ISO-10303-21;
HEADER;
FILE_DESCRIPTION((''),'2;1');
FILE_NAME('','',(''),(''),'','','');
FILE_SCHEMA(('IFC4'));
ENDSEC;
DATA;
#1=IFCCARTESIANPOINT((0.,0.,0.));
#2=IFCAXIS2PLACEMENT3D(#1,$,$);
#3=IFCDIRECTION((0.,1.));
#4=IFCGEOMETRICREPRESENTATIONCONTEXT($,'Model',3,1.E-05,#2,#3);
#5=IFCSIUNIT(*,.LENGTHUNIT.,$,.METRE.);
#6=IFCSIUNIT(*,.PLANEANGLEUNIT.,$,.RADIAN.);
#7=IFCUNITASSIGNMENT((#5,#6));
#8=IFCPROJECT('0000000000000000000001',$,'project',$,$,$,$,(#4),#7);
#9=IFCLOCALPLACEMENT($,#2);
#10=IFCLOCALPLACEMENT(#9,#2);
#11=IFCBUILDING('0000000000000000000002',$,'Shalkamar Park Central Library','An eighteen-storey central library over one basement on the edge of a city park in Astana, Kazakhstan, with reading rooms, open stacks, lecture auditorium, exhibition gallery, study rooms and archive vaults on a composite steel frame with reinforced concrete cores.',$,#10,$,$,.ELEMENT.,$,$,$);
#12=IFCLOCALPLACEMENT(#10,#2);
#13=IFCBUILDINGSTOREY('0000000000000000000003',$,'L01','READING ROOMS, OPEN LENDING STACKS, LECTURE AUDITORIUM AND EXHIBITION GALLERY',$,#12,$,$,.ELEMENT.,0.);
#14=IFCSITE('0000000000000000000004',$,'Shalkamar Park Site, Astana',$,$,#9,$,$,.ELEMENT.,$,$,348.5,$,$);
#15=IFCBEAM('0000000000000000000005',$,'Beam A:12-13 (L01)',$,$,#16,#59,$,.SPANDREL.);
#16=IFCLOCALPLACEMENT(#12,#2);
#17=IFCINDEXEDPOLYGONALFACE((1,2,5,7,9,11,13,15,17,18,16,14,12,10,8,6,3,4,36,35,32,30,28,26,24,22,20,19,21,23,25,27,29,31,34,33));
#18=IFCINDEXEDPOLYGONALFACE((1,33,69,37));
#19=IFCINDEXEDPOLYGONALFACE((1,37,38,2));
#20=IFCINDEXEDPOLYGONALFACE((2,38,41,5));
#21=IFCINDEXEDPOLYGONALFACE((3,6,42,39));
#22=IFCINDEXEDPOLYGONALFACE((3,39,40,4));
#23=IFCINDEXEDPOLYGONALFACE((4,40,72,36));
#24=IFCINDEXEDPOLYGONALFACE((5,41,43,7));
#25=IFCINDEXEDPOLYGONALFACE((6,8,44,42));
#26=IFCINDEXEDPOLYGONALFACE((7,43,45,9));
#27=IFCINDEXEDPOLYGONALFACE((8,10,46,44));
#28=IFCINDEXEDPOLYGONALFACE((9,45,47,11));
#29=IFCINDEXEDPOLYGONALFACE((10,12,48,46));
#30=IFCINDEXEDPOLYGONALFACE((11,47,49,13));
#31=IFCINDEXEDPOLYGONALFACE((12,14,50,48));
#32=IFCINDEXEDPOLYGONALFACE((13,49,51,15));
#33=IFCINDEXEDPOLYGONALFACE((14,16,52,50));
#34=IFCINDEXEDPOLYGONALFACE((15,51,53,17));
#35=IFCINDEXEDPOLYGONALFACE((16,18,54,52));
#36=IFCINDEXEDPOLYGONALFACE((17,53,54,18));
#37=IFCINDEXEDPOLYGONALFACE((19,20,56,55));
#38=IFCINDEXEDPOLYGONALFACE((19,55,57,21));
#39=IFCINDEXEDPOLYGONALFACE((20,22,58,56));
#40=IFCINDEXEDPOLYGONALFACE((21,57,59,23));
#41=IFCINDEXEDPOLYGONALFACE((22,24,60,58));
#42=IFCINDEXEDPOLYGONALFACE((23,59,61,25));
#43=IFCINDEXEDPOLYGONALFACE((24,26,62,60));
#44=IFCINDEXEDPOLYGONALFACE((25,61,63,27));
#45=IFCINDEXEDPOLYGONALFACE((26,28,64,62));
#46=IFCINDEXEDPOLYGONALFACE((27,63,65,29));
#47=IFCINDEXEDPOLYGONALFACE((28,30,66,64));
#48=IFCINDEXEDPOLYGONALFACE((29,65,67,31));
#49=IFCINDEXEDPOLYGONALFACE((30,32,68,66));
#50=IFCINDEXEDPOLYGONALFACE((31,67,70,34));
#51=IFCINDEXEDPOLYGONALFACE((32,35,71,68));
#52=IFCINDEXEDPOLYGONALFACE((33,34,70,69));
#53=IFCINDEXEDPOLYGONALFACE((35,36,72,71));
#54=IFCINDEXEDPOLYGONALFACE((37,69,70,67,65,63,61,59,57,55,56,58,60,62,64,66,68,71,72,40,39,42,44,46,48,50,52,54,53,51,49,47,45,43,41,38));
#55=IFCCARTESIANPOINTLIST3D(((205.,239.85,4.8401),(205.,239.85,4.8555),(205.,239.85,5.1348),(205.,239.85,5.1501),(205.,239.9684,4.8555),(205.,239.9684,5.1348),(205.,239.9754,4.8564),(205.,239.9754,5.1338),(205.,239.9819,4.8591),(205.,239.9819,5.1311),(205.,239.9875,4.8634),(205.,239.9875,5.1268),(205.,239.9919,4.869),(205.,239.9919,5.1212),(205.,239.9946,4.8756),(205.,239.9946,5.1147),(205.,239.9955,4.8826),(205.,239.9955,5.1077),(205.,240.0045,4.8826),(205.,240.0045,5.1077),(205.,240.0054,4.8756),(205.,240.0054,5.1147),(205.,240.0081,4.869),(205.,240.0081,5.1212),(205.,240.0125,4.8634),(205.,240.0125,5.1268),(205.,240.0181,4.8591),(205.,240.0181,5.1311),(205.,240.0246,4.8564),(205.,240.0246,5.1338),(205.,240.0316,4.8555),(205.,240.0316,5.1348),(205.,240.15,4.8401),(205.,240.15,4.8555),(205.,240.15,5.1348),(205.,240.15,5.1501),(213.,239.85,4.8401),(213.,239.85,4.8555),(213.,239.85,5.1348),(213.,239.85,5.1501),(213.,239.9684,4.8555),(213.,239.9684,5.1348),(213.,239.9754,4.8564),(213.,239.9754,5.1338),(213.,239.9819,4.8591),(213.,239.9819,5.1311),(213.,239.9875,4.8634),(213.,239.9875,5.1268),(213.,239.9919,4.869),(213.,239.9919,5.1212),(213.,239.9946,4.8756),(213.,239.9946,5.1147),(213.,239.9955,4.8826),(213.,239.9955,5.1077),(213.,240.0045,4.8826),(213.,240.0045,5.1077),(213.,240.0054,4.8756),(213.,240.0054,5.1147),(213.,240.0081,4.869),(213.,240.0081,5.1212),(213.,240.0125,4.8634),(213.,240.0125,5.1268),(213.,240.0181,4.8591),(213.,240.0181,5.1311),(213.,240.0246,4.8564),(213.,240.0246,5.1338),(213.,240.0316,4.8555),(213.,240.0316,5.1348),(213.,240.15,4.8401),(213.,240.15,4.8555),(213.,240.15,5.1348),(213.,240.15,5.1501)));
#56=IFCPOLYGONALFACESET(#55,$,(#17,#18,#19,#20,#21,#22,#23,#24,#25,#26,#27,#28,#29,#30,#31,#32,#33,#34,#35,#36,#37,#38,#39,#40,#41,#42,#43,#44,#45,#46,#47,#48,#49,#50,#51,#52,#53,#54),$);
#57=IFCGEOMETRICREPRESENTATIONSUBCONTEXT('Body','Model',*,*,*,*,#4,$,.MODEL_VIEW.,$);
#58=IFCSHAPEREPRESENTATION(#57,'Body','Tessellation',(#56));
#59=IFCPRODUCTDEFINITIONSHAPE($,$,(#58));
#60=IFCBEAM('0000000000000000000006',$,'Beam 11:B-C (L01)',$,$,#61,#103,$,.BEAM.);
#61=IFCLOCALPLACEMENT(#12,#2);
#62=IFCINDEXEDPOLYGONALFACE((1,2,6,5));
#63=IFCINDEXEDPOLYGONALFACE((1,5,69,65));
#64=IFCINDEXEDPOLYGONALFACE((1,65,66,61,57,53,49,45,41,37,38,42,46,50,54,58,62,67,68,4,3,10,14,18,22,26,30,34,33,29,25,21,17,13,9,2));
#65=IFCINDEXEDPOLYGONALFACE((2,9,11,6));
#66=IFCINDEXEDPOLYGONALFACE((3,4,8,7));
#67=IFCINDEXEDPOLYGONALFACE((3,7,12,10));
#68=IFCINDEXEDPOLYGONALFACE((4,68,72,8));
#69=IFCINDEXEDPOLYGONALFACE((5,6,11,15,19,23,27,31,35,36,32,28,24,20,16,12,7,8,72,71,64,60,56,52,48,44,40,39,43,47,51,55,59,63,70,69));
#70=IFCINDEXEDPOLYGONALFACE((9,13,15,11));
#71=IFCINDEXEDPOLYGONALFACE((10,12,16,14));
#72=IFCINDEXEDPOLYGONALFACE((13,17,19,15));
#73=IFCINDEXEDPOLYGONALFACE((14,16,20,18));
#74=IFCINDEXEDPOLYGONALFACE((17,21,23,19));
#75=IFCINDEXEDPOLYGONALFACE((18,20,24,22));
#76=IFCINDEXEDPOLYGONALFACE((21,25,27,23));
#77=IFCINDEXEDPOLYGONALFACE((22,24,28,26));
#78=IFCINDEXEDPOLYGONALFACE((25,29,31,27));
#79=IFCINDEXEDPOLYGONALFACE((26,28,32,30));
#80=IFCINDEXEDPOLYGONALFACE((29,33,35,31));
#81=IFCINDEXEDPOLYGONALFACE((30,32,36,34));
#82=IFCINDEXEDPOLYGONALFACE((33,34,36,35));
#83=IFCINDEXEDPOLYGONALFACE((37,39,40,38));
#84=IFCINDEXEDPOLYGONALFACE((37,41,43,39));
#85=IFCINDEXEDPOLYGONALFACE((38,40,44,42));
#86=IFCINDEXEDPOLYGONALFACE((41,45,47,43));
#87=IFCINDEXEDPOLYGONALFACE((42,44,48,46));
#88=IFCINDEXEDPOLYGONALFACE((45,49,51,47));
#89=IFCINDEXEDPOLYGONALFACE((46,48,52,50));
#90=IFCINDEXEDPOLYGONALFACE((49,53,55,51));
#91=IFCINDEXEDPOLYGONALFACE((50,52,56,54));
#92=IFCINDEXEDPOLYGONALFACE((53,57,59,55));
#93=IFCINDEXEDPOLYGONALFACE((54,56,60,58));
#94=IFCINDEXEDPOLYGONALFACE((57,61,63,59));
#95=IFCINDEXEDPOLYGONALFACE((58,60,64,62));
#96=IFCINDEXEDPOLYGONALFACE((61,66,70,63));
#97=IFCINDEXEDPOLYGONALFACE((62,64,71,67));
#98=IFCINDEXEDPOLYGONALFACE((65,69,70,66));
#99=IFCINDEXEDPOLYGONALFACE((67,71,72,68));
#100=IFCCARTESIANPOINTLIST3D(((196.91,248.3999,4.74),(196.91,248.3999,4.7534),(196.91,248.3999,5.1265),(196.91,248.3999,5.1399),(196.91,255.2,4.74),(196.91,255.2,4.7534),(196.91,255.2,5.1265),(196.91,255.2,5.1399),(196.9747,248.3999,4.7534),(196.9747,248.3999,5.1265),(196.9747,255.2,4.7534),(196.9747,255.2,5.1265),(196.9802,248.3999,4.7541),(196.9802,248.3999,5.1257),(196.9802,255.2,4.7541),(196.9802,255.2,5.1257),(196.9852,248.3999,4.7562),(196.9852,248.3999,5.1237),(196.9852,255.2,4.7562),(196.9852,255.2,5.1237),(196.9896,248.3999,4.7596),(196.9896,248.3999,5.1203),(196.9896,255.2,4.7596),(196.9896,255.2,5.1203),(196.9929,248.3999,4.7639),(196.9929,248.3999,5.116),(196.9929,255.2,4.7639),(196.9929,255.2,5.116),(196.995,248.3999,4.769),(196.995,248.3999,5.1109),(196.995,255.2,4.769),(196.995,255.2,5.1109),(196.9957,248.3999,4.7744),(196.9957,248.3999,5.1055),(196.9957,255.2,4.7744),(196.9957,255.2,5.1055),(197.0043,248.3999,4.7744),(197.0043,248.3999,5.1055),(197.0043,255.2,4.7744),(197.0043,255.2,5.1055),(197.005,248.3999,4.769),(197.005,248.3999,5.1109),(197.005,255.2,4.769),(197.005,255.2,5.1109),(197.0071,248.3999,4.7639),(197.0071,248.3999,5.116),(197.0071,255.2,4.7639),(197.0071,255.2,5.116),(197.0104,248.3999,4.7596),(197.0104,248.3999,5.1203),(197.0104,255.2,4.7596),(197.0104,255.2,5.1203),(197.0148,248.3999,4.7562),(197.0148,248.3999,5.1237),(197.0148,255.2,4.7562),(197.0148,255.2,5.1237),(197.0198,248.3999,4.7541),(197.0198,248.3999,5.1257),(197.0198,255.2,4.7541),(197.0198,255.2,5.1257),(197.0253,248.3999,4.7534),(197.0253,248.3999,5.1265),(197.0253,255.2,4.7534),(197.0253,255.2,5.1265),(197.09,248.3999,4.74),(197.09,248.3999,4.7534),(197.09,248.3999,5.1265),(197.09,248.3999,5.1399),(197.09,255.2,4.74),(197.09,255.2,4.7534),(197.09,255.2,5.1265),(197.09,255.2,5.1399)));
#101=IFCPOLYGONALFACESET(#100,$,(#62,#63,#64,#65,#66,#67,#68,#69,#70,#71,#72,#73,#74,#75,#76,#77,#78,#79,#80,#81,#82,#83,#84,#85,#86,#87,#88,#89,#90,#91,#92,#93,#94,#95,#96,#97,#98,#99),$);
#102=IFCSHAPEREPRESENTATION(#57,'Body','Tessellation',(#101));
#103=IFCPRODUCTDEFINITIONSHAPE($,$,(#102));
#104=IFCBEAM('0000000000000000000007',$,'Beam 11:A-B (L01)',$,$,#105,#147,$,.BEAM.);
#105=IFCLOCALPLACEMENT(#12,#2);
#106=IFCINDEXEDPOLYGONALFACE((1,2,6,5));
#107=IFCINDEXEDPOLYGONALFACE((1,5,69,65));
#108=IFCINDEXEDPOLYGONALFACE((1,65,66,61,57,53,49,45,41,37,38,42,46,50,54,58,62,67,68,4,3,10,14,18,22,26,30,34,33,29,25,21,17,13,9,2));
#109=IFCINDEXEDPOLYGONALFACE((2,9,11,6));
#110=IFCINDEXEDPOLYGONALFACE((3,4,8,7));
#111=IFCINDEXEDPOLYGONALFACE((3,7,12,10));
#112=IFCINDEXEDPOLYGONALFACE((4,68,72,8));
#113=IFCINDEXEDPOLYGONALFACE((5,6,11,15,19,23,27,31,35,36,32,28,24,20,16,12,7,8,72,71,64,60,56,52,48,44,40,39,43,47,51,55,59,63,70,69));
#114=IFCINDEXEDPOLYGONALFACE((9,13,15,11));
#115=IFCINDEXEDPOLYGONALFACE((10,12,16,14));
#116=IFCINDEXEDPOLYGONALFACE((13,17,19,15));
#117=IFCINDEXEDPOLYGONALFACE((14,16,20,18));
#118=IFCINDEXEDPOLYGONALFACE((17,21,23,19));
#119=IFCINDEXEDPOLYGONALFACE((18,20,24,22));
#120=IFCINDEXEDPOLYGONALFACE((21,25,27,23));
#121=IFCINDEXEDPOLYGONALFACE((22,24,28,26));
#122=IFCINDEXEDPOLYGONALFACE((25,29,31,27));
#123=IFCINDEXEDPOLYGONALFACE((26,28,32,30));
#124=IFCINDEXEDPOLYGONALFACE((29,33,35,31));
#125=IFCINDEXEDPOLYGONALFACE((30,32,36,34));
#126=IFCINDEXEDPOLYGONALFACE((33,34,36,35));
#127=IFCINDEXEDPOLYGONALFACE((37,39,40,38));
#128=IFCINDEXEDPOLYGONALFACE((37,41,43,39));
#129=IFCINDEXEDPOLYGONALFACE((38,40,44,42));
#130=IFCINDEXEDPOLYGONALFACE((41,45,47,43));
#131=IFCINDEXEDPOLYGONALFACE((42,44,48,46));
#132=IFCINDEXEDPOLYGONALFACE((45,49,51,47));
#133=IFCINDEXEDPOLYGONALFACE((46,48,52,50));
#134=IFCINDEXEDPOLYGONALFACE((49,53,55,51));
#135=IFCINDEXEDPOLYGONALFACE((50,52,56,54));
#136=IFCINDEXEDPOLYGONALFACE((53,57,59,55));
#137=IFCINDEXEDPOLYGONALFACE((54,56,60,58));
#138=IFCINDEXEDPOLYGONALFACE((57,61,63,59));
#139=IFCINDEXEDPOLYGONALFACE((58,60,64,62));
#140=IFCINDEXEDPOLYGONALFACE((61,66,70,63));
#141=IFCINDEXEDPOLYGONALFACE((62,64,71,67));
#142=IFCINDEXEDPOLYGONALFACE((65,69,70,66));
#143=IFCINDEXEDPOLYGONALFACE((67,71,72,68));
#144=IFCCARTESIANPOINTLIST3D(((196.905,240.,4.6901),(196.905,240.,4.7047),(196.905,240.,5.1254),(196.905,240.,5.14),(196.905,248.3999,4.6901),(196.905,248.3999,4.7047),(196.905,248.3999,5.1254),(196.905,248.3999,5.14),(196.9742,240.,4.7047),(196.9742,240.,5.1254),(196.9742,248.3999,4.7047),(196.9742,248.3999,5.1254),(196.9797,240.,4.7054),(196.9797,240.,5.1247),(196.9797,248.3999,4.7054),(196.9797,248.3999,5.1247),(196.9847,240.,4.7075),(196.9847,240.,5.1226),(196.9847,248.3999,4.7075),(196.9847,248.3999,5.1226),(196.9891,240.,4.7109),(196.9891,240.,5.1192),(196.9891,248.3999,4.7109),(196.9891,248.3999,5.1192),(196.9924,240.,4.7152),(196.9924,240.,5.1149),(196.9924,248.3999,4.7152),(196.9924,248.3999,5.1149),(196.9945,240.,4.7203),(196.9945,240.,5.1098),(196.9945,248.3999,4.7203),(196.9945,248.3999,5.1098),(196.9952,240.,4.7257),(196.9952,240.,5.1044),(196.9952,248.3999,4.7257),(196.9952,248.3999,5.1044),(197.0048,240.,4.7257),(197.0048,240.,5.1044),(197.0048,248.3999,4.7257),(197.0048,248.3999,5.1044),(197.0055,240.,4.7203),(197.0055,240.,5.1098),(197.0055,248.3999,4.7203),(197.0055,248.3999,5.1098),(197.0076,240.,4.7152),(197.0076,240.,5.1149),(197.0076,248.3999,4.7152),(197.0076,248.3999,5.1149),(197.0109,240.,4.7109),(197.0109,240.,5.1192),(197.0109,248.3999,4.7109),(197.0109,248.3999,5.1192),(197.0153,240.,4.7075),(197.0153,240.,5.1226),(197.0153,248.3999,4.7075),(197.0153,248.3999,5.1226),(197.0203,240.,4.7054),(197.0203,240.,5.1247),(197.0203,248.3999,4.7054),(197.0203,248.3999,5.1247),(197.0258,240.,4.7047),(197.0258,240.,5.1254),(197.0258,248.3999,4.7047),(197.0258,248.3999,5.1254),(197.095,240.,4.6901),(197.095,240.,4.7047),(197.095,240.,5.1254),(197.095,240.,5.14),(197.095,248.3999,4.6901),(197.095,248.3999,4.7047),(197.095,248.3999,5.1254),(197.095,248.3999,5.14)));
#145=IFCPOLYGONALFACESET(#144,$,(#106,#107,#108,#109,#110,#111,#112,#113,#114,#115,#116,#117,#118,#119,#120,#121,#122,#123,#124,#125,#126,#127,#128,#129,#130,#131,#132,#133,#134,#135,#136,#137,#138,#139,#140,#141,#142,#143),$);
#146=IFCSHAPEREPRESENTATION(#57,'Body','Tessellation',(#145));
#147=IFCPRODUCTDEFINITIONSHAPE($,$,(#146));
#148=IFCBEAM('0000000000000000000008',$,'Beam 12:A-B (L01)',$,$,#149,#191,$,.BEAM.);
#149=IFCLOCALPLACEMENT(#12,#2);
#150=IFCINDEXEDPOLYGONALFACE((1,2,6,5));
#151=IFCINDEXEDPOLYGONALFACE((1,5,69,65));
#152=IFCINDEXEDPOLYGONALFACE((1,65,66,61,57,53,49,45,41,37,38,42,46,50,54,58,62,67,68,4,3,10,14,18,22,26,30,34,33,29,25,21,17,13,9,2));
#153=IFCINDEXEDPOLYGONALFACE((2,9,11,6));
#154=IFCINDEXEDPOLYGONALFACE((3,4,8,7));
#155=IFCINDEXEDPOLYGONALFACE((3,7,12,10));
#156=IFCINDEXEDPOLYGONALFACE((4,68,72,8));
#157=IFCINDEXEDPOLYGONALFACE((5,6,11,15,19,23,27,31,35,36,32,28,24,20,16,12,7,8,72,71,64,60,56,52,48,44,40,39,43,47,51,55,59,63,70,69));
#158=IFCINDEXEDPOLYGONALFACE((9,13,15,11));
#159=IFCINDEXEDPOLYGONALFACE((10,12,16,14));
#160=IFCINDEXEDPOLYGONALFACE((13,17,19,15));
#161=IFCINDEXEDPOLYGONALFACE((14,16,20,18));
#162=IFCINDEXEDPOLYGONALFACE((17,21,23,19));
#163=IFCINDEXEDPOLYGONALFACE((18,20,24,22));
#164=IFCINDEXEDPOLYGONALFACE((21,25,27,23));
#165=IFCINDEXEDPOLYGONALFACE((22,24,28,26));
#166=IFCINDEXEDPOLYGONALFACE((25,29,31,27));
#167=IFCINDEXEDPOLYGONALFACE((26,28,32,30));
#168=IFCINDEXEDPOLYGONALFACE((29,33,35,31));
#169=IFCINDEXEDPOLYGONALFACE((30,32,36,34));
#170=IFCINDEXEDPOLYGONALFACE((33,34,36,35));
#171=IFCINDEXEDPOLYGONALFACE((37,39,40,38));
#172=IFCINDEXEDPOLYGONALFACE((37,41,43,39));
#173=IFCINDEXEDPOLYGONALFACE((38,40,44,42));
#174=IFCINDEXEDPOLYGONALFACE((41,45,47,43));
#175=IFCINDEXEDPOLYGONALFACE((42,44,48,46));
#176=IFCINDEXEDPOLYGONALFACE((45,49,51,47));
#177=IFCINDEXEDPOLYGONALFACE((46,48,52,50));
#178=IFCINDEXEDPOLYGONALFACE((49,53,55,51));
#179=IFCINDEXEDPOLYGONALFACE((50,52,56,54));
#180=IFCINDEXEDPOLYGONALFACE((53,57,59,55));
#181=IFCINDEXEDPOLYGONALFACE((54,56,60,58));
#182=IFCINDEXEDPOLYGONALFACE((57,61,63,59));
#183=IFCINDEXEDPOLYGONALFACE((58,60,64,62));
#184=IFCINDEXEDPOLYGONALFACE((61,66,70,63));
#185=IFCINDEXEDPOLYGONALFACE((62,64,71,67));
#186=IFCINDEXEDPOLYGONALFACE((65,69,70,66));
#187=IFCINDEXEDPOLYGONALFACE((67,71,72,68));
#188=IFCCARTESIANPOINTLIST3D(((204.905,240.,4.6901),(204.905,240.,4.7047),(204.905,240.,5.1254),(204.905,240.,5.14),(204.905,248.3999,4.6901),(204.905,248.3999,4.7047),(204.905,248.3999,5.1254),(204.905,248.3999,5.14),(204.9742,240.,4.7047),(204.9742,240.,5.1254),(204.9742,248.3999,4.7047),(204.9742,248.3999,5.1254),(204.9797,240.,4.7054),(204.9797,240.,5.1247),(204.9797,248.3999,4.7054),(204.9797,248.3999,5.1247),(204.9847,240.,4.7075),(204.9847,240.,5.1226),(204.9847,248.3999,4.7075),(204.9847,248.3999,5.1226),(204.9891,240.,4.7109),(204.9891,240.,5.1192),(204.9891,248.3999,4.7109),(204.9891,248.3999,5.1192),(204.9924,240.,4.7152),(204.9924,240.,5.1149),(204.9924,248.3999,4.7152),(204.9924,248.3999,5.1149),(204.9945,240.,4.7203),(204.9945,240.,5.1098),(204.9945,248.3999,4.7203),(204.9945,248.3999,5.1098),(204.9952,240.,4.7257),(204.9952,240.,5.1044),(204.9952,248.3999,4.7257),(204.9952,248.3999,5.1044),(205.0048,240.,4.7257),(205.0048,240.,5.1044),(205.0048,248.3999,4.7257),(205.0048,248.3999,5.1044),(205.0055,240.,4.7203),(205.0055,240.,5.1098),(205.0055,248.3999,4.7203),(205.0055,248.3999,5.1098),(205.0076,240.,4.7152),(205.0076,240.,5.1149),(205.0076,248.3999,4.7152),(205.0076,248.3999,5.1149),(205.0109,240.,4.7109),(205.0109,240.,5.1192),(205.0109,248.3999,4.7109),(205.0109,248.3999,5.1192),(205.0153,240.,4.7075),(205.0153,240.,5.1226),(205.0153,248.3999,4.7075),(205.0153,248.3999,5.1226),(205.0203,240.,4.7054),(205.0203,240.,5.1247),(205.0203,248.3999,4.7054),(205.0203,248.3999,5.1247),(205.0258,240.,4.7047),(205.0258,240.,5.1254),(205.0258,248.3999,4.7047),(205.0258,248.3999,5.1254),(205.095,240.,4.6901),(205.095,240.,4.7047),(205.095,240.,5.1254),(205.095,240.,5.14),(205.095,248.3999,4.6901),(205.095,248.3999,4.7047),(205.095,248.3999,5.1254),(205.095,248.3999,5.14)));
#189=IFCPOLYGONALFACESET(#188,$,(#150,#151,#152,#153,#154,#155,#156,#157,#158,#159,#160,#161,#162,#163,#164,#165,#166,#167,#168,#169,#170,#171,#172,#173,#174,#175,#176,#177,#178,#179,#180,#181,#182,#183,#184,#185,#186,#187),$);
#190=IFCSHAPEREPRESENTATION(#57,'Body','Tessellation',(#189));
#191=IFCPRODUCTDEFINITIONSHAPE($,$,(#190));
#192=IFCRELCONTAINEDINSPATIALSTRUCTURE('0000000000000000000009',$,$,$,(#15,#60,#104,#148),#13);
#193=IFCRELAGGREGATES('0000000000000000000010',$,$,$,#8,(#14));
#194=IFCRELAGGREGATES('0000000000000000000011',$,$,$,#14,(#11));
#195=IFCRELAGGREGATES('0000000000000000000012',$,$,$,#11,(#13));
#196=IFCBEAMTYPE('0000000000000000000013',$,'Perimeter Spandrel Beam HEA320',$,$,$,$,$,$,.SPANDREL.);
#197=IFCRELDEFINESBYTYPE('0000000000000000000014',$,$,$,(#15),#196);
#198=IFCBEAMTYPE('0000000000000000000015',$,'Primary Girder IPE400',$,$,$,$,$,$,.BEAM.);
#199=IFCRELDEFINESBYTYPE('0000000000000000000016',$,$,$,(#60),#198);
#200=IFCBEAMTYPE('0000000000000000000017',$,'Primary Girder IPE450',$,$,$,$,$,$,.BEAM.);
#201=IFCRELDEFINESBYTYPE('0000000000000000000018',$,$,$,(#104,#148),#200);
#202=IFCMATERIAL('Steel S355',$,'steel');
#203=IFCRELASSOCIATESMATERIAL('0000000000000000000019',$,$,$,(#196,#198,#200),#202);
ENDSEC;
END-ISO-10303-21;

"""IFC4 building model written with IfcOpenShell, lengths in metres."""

from ifc_helpers import new_model, si_unit, direction, frame, origin, origin_2d, place, context, subcontext, project, spatial, i_section, extrude, material, material_profile, profile_set, type_object, element, save


model = new_model("IFC4")

# Units and contexts
model_context = context("Model", 3, precision=1e-05, world=origin(), true_north=direction((0.0, 1.0)))
body_context = subcontext(model_context, "Body", "Model", "MODEL_VIEW")
ifc_project = project(units=[si_unit("LENGTHUNIT", "METRE"), si_unit("PLANEANGLEUNIT", "RADIAN")], contexts=[model_context])

# Site, building, storey
site_placement = place(None, origin())
site = spatial("IfcSite", under=ifc_project, at=site_placement, Name="Shalkamar Park Site, Astana", CompositionType="ELEMENT", RefElevation=348.5)
building_placement = place(site_placement, origin())
building = spatial("IfcBuilding", under=site, at=building_placement, Name="Shalkamar Park Central Library", Description="An eighteen-storey central library over one basement on the edge of a city park in Astana, Kazakhstan, with reading rooms, open stacks, lecture auditorium, exhibition gallery, study rooms and archive vaults on a composite steel frame with reinforced concrete cores.", CompositionType="ELEMENT")
storey_placement = place(building_placement, origin())
storey = spatial("IfcBuildingStorey", under=building, at=storey_placement, Name="L01", Description="READING ROOMS, OPEN LENDING STACKS, LECTURE AUDITORIUM AND EXHIBITION GALLERY", CompositionType="ELEMENT", Elevation=0.0)

# Shared definitions
ifc_material_1 = material(Name="Steel S355", Category="steel")

# Beams
ifc_material_profile_1 = material_profile(ifc_material_1, i_section(OverallWidth=0.3, OverallDepth=0.3101, WebThickness=0.009, FlangeThickness=0.0154, FilletRadius=0.0271, at=origin_2d()), Name="HEA 320")
ifc_profile_set_1 = profile_set([ifc_material_profile_1], Name="Steel S355")
beam_type_1 = type_object("IfcBeamType", Name="Perimeter Spandrel Beam HEA320", PredefinedType="SPANDREL", material=ifc_profile_set_1)
for number, where, z_axis, x_axis, name in (
    (1, (205.0, 240.0, 4.9951), (1.0, 0.0, 0.0), (0.0, 1.0, 0.0), "Beam A:12-13 (L01)"),
):
    element("IfcBeam", number, at=place(storey_placement, frame(where, z_axis=z_axis, x_axis=x_axis)), inside=storey, type_object=beam_type_1, Name=name, PredefinedType="SPANDREL", context=body_context, shape_type="SweptSolid", body=[
        extrude(i_section(OverallWidth=0.3, OverallDepth=0.3101, WebThickness=0.009, FlangeThickness=0.0154, FilletRadius=0.0271, at=origin_2d()), origin(), (0.0, 0.0, 1.0), 8.0),
    ])
ifc_material_profile_2 = material_profile(ifc_material_1, i_section(OverallWidth=0.1799, OverallDepth=0.3999, WebThickness=0.0085, FlangeThickness=0.0134, FilletRadius=0.021, at=origin_2d()), Name="IPE 400")
ifc_profile_set_2 = profile_set([ifc_material_profile_2], Name="Steel S355")
beam_type_2 = type_object("IfcBeamType", Name="Primary Girder IPE400", PredefinedType="BEAM", material=ifc_profile_set_2)
beam_1_placement = place(storey_placement, frame((197.0, 248.3999, 4.9399), z_axis=(0.0, 1.0, 0.0), x_axis=(-1.0, 0.0, 0.0)))
element("IfcBeam", 2, at=beam_1_placement, inside=storey, type_object=beam_type_2, Name="Beam 11:B-C (L01)", PredefinedType="BEAM", context=body_context, shape_type="SweptSolid", body=[
    extrude(i_section(OverallWidth=0.1799, OverallDepth=0.3999, WebThickness=0.0085, FlangeThickness=0.0134, FilletRadius=0.021, at=origin_2d()), origin(), (0.0, 0.0, 1.0), 6.8),
])
ifc_material_profile_3 = material_profile(ifc_material_1, i_section(OverallWidth=0.1899, OverallDepth=0.45, WebThickness=0.0095, FlangeThickness=0.0146, FilletRadius=0.021, at=origin_2d()), Name="IPE 450")
ifc_profile_set_3 = profile_set([ifc_material_profile_3], Name="Steel S355")
beam_type_3 = type_object("IfcBeamType", Name="Primary Girder IPE450", PredefinedType="BEAM", material=ifc_profile_set_3)
for number, where, z_axis, x_axis, name in (
    (3, (197.0, 240.0, 4.915), (0.0, 1.0, 0.0), (-1.0, 0.0, 0.0), "Beam 11:A-B (L01)"),
    (4, (205.0, 240.0, 4.915), (0.0, 1.0, 0.0), (-1.0, 0.0, 0.0), "Beam 12:A-B (L01)"),
):
    element("IfcBeam", number, at=place(storey_placement, frame(where, z_axis=z_axis, x_axis=x_axis)), inside=storey, type_object=beam_type_3, Name=name, PredefinedType="BEAM", context=body_context, shape_type="SweptSolid", body=[
        extrude(i_section(OverallWidth=0.1899, OverallDepth=0.45, WebThickness=0.0095, FlangeThickness=0.0146, FilletRadius=0.021, at=origin_2d()), origin(), (0.0, 0.0, 1.0), 8.3999),
    ])

save(model, "model.ifc")
